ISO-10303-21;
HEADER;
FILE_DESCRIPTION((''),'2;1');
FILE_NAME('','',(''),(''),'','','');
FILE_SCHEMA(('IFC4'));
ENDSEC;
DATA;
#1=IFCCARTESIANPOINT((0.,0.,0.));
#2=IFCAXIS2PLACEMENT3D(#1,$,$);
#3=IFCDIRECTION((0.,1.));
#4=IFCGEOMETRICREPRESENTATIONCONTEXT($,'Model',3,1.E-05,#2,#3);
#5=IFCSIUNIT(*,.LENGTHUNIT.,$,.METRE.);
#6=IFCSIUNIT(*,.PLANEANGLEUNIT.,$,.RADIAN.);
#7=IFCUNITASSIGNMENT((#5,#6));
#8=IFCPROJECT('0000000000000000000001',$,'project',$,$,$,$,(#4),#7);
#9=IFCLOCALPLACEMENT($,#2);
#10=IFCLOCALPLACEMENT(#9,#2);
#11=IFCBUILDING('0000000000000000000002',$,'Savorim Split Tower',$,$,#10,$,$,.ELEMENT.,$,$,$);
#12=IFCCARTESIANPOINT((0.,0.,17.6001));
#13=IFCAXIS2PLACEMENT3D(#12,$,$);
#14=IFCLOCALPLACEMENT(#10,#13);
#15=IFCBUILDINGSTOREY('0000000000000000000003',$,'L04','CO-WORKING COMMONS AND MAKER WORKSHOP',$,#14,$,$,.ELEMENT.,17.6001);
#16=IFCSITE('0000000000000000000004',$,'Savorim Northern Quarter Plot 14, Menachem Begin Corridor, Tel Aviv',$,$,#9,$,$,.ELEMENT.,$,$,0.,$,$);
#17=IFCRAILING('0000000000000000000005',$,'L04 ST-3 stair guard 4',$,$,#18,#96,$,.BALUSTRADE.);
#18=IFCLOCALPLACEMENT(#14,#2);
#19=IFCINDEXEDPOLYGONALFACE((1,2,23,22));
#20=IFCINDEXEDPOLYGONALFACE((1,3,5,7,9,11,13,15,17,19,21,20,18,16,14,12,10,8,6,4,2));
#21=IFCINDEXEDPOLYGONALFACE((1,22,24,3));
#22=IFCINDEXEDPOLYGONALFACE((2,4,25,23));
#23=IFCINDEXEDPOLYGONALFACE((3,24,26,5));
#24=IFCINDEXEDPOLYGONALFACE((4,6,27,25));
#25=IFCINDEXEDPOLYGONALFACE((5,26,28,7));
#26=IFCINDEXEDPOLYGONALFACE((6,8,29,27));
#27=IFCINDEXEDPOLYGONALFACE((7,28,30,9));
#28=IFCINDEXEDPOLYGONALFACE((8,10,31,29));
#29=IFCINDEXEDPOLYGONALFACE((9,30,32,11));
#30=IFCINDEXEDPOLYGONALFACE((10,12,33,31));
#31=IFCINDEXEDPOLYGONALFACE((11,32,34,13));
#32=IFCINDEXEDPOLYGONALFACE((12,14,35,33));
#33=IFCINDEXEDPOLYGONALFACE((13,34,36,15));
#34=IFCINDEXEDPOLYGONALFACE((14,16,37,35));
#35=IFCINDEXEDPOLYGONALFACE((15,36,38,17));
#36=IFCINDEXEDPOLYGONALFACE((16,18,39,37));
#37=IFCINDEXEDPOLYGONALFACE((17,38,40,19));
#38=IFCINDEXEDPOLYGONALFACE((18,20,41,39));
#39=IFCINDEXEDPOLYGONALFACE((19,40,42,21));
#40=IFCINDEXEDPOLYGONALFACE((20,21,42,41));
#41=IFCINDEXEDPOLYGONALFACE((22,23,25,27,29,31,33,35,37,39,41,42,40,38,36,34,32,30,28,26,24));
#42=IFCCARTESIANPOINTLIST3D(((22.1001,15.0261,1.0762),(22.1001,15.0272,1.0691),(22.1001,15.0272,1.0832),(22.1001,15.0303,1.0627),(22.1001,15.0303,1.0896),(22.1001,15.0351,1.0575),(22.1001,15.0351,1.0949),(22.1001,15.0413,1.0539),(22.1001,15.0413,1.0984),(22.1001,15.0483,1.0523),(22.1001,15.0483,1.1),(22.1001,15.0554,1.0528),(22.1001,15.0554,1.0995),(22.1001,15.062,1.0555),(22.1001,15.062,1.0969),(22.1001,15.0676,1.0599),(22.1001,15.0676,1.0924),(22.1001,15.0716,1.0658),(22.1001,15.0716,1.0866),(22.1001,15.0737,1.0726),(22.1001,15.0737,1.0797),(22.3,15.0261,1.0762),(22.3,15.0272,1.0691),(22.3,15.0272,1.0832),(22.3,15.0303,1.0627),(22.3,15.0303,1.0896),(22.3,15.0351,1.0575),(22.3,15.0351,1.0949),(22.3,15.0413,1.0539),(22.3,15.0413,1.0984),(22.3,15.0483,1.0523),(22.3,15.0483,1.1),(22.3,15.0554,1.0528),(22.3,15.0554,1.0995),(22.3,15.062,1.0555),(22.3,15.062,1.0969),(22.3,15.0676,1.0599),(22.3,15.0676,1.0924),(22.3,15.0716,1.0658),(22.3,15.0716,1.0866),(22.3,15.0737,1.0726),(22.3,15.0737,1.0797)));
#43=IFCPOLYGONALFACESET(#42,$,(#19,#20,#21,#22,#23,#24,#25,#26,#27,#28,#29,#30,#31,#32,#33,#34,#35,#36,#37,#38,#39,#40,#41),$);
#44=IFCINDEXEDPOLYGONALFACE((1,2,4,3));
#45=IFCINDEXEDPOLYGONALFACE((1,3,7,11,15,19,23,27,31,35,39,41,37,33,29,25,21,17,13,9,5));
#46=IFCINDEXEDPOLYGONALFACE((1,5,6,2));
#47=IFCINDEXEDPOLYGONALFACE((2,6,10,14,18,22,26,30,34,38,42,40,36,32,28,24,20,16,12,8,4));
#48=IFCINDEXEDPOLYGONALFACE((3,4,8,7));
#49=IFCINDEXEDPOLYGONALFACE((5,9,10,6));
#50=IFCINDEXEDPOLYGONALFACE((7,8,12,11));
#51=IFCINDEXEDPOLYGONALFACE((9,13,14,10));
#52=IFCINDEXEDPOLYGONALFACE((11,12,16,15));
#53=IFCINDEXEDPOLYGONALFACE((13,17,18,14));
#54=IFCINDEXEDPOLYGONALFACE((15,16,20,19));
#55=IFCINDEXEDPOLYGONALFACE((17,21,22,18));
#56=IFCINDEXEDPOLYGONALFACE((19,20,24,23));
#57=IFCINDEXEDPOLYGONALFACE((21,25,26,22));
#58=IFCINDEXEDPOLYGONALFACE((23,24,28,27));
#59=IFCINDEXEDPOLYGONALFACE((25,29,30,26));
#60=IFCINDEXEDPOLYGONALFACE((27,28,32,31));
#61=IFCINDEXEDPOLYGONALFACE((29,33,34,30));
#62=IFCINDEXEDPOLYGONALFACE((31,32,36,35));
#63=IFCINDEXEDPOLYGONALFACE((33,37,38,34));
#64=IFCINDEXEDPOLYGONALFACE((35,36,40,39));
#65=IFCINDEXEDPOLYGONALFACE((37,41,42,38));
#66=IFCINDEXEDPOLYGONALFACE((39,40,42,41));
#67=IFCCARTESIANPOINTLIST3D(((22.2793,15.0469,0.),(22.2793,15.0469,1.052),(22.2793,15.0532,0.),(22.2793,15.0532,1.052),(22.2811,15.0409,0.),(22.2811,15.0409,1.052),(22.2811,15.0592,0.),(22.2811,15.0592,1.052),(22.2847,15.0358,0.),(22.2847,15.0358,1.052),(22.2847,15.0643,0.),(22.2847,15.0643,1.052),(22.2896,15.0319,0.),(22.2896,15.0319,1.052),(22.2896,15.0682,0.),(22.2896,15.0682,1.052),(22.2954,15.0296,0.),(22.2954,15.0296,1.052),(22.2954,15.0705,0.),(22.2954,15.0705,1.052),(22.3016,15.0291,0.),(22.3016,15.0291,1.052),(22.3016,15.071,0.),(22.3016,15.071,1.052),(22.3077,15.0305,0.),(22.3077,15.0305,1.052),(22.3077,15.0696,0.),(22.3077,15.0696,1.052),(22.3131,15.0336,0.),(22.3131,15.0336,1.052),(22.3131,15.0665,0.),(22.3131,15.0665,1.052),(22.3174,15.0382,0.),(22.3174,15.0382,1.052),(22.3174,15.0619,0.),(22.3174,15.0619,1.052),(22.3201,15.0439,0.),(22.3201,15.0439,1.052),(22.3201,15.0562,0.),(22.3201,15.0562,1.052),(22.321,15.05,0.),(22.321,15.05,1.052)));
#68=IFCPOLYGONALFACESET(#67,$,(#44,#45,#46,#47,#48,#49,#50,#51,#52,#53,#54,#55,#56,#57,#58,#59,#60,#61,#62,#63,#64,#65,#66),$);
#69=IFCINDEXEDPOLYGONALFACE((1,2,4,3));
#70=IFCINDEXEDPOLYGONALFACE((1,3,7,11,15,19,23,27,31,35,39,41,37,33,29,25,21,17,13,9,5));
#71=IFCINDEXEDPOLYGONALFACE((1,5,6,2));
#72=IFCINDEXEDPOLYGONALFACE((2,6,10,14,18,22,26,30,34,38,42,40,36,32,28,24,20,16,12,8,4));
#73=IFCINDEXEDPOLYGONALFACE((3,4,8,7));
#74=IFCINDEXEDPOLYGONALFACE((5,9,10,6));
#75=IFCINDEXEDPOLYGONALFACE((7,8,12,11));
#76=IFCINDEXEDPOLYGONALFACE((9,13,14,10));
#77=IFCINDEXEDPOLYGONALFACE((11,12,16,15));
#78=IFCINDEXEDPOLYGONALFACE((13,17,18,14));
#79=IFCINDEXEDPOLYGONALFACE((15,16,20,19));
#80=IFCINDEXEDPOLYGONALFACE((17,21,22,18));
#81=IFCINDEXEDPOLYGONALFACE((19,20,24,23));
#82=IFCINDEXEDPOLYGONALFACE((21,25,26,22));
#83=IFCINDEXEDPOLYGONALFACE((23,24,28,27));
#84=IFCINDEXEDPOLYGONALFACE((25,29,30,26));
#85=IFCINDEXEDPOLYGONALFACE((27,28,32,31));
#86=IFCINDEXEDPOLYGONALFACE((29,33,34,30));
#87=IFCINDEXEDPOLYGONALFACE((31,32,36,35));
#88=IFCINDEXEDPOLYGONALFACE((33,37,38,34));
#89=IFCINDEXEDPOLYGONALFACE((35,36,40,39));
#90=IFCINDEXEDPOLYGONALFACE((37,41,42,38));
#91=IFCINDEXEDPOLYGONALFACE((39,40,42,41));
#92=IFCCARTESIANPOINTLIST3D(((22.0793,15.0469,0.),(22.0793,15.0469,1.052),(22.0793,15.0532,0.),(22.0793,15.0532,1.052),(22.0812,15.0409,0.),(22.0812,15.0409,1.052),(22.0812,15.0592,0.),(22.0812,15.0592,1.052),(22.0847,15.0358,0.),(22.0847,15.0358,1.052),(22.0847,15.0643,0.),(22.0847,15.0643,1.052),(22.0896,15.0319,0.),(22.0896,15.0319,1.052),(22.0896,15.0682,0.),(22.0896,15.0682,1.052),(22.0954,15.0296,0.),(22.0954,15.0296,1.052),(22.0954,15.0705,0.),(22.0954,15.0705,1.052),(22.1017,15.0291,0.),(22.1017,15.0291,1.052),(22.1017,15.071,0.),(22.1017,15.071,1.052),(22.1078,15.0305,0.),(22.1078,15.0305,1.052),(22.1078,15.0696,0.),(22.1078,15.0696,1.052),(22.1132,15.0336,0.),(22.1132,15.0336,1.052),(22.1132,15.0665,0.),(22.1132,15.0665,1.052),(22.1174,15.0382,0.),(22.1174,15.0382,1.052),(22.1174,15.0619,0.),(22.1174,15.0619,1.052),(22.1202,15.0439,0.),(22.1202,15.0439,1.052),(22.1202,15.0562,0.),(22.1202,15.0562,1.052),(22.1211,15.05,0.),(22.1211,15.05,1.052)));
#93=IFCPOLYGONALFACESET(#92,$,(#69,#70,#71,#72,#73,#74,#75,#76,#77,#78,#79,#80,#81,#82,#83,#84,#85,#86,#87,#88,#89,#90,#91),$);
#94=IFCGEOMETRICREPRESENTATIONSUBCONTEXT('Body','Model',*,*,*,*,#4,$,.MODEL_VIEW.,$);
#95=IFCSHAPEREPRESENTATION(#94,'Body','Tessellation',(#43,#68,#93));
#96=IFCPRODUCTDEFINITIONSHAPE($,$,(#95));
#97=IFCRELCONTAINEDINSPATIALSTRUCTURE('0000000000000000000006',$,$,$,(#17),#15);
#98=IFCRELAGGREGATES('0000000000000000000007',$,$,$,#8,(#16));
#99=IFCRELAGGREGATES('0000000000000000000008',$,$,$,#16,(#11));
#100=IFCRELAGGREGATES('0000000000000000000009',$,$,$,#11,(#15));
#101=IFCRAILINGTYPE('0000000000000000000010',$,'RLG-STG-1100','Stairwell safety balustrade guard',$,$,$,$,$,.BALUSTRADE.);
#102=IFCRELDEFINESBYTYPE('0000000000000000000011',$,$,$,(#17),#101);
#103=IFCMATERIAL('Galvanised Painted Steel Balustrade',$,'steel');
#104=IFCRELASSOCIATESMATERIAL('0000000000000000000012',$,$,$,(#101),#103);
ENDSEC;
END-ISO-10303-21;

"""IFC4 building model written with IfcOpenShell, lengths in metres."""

from ifc_helpers import new_model, si_unit, direction, frame, origin, origin_2d, place, context, subcontext, project, spatial, circle, extrude, material, type_object, element, save


model = new_model("IFC4")

# Units and contexts
model_context = context("Model", 3, precision=1e-05, world=origin(), true_north=direction((0.0, 1.0)))
body_context = subcontext(model_context, "Body", "Model", "MODEL_VIEW")
ifc_project = project(units=[si_unit("LENGTHUNIT", "METRE"), si_unit("PLANEANGLEUNIT", "RADIAN")], contexts=[model_context])

# Site, building, storey
site_placement = place(None, origin())
site = spatial("IfcSite", under=ifc_project, at=site_placement, Name="Savorim Northern Quarter Plot 14, Menachem Begin Corridor, Tel Aviv", CompositionType="ELEMENT", RefElevation=0.0)
building_placement = place(site_placement, origin())
building = spatial("IfcBuilding", under=site, at=building_placement, Name="Savorim Split Tower", CompositionType="ELEMENT")
storey_placement = place(building_placement, frame((0.0, 0.0, 17.6001)))
storey = spatial("IfcBuildingStorey", under=building, at=storey_placement, Name="L04", Description="CO-WORKING COMMONS AND MAKER WORKSHOP", CompositionType="ELEMENT", Elevation=17.6001)

# Railing
ifc_material_1 = material(Name="Galvanised Painted Steel Balustrade", Category="steel")
railing_type_1 = type_object("IfcRailingType", Name="RLG-STG-1100", Description="Stairwell safety balustrade guard", PredefinedType="BALUSTRADE", material=ifc_material_1)
railing_1_placement = place(storey_placement, frame((22.3, 15.05, 0.0)))
element("IfcRailing", 1, at=railing_1_placement, inside=storey, type_object=railing_type_1, Name="L04 ST-3 stair guard 4", PredefinedType="BALUSTRADE", context=body_context, shape_type="SweptSolid", body=[
    extrude(circle(Radius=0.0239, at=origin_2d()), frame((0.0, 0.0, 1.0762), z_axis=(-1.0, 0.0, 0.0), x_axis=(0.0, -1.0, 0.0)), (0.0, 0.0, 1.0), 0.2),
    extrude(circle(Radius=0.021, at=origin_2d()), origin(), (0.0, 0.0, 1.0), 1.052),
    extrude(circle(Radius=0.021, at=origin_2d()), frame((-0.2, 0.0, 0.0)), (0.0, 0.0, 1.0), 1.052),
])

save(model, "model.ifc")
